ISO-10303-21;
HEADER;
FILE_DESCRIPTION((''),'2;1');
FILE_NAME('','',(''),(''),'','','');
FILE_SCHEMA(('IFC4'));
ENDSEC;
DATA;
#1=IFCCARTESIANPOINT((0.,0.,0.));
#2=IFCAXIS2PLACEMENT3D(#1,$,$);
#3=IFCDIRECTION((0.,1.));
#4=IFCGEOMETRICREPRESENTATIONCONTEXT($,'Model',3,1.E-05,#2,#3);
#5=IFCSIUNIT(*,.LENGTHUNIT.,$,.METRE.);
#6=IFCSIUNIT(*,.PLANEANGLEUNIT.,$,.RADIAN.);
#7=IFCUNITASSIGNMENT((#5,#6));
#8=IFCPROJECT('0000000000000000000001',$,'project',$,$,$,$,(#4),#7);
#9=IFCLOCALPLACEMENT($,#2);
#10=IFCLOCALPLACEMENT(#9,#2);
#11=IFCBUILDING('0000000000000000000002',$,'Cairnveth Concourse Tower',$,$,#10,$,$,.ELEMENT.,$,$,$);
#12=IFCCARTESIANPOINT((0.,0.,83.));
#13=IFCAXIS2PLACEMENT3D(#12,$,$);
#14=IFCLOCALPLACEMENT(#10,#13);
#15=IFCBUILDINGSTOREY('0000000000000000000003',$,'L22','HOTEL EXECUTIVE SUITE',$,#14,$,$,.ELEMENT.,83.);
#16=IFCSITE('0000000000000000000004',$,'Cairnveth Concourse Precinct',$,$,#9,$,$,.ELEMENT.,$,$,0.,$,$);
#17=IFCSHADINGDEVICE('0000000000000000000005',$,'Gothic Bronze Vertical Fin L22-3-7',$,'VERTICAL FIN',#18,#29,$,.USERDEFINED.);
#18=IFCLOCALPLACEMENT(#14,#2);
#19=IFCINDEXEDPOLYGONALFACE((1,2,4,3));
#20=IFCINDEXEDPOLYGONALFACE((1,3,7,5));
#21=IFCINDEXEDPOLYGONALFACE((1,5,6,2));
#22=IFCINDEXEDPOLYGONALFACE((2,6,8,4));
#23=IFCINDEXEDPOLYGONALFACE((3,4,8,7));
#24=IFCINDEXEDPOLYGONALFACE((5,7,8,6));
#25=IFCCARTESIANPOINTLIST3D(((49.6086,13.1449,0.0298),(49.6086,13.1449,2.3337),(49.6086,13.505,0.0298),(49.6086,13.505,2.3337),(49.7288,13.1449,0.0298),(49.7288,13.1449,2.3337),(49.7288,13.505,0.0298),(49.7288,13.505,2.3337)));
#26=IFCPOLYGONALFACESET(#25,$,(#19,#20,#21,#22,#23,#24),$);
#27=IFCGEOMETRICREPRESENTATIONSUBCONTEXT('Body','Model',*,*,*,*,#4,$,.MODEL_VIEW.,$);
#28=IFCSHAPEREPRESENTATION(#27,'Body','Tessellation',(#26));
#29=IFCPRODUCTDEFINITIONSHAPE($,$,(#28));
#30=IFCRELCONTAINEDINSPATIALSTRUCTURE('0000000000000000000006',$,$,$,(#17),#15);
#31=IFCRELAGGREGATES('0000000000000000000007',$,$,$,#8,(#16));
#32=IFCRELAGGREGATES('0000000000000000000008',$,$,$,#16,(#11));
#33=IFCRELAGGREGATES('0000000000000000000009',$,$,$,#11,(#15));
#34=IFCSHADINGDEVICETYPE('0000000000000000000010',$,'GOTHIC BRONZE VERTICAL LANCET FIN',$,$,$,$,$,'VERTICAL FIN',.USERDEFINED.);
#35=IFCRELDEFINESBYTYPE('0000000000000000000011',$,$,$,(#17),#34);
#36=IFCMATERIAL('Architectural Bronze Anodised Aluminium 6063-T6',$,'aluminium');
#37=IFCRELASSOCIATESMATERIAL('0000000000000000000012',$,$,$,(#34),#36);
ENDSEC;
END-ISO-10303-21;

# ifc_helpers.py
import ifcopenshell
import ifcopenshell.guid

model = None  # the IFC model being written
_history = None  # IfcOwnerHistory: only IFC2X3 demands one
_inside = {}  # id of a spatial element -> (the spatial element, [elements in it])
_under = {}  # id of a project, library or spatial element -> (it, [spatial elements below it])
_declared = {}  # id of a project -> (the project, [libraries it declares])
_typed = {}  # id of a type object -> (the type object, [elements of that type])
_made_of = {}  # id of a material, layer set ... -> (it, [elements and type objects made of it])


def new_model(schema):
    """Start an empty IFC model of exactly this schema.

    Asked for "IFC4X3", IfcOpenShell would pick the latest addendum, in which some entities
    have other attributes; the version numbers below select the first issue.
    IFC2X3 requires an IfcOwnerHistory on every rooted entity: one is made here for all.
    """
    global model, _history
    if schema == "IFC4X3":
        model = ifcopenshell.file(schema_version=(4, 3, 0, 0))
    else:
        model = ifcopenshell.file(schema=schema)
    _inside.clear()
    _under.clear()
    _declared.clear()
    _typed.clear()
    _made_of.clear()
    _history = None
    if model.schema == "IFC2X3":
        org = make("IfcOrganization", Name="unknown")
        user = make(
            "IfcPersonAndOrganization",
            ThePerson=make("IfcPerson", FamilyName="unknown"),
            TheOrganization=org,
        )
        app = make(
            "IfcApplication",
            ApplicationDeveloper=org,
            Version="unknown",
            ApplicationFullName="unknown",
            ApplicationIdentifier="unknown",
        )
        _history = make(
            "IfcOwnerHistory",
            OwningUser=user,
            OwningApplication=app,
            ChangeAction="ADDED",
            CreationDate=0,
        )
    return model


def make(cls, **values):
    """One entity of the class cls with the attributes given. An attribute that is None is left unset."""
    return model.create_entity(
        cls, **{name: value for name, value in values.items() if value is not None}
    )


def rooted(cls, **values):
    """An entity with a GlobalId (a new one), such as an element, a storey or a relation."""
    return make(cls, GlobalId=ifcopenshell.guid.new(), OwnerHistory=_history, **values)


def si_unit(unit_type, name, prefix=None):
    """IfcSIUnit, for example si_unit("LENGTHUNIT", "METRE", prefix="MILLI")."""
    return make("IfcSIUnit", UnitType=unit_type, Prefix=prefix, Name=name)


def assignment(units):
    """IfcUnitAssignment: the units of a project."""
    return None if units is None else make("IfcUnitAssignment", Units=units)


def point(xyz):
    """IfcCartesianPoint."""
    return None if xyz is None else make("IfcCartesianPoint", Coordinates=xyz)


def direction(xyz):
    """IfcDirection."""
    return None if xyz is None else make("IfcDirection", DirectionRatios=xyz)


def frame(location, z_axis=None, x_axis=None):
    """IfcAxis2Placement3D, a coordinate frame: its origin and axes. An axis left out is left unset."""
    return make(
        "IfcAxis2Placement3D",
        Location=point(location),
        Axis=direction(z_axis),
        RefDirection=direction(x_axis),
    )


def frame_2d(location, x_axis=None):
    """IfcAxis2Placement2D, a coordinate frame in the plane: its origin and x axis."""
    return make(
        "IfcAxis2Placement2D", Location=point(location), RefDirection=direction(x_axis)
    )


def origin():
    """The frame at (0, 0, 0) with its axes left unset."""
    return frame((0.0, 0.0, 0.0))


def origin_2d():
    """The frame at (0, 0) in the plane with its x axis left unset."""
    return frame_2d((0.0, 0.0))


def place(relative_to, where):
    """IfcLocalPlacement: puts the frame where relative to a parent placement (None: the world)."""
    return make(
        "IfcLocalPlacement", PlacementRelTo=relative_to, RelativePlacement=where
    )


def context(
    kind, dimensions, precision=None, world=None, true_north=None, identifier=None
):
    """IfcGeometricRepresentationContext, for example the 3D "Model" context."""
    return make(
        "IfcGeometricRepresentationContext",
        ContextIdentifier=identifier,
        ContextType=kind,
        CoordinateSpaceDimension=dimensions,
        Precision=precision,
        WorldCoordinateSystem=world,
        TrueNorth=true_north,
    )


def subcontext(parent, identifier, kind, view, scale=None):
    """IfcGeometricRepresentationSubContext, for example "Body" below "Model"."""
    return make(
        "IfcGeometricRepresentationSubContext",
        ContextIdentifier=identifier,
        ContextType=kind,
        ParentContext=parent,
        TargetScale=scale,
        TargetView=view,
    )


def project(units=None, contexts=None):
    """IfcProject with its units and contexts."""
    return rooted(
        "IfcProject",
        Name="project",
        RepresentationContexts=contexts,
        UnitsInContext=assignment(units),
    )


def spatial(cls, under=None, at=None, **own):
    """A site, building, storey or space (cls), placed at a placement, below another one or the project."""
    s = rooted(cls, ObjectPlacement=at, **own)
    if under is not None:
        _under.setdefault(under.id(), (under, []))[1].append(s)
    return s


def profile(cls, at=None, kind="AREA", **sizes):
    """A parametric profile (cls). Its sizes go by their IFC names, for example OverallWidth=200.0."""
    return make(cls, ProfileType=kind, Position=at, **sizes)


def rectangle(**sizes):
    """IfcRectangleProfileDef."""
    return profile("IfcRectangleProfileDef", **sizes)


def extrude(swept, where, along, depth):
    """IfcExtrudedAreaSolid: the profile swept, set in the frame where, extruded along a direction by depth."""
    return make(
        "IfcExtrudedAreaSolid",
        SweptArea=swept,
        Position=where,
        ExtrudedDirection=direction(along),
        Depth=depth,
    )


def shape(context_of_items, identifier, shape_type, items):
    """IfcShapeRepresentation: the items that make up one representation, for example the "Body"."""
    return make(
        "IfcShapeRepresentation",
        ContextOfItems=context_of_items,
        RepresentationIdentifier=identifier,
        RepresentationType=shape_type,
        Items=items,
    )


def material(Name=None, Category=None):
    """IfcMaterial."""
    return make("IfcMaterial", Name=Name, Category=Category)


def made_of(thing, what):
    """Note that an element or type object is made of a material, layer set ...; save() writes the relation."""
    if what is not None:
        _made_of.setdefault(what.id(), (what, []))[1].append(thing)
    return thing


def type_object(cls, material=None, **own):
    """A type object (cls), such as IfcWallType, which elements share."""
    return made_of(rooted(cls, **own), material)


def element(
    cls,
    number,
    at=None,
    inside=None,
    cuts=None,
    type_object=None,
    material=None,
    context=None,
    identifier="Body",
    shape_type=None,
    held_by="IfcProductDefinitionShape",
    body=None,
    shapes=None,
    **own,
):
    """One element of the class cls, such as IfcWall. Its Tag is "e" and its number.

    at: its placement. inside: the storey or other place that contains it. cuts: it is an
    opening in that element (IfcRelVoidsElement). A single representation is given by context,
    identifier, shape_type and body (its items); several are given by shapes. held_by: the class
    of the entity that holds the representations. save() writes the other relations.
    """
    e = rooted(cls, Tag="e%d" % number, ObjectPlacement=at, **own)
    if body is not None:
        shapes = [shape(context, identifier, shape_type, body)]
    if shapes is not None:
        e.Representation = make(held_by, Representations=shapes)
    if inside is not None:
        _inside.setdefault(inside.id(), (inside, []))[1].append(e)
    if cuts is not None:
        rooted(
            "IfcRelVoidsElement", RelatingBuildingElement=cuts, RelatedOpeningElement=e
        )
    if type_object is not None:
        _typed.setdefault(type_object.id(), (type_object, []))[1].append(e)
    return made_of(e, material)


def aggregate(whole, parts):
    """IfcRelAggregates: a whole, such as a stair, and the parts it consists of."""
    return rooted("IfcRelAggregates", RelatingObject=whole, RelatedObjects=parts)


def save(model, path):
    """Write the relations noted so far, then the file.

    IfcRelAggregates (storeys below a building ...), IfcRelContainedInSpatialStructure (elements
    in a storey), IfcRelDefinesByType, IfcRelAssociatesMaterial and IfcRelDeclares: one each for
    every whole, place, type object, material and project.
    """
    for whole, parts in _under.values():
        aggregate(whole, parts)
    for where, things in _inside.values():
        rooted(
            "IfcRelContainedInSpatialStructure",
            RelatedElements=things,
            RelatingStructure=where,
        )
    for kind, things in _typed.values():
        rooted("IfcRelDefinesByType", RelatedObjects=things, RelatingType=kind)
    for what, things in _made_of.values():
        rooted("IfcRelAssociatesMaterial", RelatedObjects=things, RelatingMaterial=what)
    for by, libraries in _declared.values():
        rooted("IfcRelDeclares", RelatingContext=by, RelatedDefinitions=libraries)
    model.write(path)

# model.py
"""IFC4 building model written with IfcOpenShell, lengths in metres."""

from ifc_helpers import new_model, si_unit, direction, frame, origin, origin_2d, place, context, subcontext, project, spatial, rectangle, extrude, material, type_object, element, save


model = new_model("IFC4")

# Units and contexts
model_context = context("Model", 3, precision=1e-05, world=origin(), true_north=direction((0.0, 1.0)))
body_context = subcontext(model_context, "Body", "Model", "MODEL_VIEW")
ifc_project = project(units=[si_unit("LENGTHUNIT", "METRE"), si_unit("PLANEANGLEUNIT", "RADIAN")], contexts=[model_context])

# Site, building, storey
site_placement = place(None, origin())
site = spatial("IfcSite", under=ifc_project, at=site_placement, Name="Cairnveth Concourse Precinct", CompositionType="ELEMENT", RefElevation=0.0)
building_placement = place(site_placement, origin())
building = spatial("IfcBuilding", under=site, at=building_placement, Name="Cairnveth Concourse Tower", CompositionType="ELEMENT")
storey_placement = place(building_placement, frame((0.0, 0.0, 83.0)))
storey = spatial("IfcBuildingStorey", under=building, at=storey_placement, Name="L22", Description="HOTEL EXECUTIVE SUITE", CompositionType="ELEMENT", Elevation=83.0)

# Shared definitions
ifc_material_1 = material(Name="Architectural Bronze Anodised Aluminium 6063-T6", Category="aluminium")

# Shading device
shading_device_type = type_object("IfcShadingDeviceType", Name="GOTHIC BRONZE VERTICAL LANCET FIN", ElementType="VERTICAL FIN", PredefinedType="USERDEFINED", material=ifc_material_1)
for number, where, z_axis, x_axis, name in (
    (1, (49.6687, 13.325, 0.0298), (0.0, 0.0, 1.0), (1.0, 0.0, 0.0), "Gothic Bronze Vertical Fin L22-3-7"),
):
    element("IfcShadingDevice", number, at=place(storey_placement, frame(where, z_axis=z_axis, x_axis=x_axis)), inside=storey, type_object=shading_device_type, Name=name, ObjectType="VERTICAL FIN", PredefinedType="USERDEFINED", context=body_context, shape_type="SweptSolid", body=[
        extrude(rectangle(XDim=0.1201, YDim=0.3601, at=origin_2d()), origin(), (0.0, 0.0, 1.0), 2.304),
    ])

save(model, "model.ifc")
